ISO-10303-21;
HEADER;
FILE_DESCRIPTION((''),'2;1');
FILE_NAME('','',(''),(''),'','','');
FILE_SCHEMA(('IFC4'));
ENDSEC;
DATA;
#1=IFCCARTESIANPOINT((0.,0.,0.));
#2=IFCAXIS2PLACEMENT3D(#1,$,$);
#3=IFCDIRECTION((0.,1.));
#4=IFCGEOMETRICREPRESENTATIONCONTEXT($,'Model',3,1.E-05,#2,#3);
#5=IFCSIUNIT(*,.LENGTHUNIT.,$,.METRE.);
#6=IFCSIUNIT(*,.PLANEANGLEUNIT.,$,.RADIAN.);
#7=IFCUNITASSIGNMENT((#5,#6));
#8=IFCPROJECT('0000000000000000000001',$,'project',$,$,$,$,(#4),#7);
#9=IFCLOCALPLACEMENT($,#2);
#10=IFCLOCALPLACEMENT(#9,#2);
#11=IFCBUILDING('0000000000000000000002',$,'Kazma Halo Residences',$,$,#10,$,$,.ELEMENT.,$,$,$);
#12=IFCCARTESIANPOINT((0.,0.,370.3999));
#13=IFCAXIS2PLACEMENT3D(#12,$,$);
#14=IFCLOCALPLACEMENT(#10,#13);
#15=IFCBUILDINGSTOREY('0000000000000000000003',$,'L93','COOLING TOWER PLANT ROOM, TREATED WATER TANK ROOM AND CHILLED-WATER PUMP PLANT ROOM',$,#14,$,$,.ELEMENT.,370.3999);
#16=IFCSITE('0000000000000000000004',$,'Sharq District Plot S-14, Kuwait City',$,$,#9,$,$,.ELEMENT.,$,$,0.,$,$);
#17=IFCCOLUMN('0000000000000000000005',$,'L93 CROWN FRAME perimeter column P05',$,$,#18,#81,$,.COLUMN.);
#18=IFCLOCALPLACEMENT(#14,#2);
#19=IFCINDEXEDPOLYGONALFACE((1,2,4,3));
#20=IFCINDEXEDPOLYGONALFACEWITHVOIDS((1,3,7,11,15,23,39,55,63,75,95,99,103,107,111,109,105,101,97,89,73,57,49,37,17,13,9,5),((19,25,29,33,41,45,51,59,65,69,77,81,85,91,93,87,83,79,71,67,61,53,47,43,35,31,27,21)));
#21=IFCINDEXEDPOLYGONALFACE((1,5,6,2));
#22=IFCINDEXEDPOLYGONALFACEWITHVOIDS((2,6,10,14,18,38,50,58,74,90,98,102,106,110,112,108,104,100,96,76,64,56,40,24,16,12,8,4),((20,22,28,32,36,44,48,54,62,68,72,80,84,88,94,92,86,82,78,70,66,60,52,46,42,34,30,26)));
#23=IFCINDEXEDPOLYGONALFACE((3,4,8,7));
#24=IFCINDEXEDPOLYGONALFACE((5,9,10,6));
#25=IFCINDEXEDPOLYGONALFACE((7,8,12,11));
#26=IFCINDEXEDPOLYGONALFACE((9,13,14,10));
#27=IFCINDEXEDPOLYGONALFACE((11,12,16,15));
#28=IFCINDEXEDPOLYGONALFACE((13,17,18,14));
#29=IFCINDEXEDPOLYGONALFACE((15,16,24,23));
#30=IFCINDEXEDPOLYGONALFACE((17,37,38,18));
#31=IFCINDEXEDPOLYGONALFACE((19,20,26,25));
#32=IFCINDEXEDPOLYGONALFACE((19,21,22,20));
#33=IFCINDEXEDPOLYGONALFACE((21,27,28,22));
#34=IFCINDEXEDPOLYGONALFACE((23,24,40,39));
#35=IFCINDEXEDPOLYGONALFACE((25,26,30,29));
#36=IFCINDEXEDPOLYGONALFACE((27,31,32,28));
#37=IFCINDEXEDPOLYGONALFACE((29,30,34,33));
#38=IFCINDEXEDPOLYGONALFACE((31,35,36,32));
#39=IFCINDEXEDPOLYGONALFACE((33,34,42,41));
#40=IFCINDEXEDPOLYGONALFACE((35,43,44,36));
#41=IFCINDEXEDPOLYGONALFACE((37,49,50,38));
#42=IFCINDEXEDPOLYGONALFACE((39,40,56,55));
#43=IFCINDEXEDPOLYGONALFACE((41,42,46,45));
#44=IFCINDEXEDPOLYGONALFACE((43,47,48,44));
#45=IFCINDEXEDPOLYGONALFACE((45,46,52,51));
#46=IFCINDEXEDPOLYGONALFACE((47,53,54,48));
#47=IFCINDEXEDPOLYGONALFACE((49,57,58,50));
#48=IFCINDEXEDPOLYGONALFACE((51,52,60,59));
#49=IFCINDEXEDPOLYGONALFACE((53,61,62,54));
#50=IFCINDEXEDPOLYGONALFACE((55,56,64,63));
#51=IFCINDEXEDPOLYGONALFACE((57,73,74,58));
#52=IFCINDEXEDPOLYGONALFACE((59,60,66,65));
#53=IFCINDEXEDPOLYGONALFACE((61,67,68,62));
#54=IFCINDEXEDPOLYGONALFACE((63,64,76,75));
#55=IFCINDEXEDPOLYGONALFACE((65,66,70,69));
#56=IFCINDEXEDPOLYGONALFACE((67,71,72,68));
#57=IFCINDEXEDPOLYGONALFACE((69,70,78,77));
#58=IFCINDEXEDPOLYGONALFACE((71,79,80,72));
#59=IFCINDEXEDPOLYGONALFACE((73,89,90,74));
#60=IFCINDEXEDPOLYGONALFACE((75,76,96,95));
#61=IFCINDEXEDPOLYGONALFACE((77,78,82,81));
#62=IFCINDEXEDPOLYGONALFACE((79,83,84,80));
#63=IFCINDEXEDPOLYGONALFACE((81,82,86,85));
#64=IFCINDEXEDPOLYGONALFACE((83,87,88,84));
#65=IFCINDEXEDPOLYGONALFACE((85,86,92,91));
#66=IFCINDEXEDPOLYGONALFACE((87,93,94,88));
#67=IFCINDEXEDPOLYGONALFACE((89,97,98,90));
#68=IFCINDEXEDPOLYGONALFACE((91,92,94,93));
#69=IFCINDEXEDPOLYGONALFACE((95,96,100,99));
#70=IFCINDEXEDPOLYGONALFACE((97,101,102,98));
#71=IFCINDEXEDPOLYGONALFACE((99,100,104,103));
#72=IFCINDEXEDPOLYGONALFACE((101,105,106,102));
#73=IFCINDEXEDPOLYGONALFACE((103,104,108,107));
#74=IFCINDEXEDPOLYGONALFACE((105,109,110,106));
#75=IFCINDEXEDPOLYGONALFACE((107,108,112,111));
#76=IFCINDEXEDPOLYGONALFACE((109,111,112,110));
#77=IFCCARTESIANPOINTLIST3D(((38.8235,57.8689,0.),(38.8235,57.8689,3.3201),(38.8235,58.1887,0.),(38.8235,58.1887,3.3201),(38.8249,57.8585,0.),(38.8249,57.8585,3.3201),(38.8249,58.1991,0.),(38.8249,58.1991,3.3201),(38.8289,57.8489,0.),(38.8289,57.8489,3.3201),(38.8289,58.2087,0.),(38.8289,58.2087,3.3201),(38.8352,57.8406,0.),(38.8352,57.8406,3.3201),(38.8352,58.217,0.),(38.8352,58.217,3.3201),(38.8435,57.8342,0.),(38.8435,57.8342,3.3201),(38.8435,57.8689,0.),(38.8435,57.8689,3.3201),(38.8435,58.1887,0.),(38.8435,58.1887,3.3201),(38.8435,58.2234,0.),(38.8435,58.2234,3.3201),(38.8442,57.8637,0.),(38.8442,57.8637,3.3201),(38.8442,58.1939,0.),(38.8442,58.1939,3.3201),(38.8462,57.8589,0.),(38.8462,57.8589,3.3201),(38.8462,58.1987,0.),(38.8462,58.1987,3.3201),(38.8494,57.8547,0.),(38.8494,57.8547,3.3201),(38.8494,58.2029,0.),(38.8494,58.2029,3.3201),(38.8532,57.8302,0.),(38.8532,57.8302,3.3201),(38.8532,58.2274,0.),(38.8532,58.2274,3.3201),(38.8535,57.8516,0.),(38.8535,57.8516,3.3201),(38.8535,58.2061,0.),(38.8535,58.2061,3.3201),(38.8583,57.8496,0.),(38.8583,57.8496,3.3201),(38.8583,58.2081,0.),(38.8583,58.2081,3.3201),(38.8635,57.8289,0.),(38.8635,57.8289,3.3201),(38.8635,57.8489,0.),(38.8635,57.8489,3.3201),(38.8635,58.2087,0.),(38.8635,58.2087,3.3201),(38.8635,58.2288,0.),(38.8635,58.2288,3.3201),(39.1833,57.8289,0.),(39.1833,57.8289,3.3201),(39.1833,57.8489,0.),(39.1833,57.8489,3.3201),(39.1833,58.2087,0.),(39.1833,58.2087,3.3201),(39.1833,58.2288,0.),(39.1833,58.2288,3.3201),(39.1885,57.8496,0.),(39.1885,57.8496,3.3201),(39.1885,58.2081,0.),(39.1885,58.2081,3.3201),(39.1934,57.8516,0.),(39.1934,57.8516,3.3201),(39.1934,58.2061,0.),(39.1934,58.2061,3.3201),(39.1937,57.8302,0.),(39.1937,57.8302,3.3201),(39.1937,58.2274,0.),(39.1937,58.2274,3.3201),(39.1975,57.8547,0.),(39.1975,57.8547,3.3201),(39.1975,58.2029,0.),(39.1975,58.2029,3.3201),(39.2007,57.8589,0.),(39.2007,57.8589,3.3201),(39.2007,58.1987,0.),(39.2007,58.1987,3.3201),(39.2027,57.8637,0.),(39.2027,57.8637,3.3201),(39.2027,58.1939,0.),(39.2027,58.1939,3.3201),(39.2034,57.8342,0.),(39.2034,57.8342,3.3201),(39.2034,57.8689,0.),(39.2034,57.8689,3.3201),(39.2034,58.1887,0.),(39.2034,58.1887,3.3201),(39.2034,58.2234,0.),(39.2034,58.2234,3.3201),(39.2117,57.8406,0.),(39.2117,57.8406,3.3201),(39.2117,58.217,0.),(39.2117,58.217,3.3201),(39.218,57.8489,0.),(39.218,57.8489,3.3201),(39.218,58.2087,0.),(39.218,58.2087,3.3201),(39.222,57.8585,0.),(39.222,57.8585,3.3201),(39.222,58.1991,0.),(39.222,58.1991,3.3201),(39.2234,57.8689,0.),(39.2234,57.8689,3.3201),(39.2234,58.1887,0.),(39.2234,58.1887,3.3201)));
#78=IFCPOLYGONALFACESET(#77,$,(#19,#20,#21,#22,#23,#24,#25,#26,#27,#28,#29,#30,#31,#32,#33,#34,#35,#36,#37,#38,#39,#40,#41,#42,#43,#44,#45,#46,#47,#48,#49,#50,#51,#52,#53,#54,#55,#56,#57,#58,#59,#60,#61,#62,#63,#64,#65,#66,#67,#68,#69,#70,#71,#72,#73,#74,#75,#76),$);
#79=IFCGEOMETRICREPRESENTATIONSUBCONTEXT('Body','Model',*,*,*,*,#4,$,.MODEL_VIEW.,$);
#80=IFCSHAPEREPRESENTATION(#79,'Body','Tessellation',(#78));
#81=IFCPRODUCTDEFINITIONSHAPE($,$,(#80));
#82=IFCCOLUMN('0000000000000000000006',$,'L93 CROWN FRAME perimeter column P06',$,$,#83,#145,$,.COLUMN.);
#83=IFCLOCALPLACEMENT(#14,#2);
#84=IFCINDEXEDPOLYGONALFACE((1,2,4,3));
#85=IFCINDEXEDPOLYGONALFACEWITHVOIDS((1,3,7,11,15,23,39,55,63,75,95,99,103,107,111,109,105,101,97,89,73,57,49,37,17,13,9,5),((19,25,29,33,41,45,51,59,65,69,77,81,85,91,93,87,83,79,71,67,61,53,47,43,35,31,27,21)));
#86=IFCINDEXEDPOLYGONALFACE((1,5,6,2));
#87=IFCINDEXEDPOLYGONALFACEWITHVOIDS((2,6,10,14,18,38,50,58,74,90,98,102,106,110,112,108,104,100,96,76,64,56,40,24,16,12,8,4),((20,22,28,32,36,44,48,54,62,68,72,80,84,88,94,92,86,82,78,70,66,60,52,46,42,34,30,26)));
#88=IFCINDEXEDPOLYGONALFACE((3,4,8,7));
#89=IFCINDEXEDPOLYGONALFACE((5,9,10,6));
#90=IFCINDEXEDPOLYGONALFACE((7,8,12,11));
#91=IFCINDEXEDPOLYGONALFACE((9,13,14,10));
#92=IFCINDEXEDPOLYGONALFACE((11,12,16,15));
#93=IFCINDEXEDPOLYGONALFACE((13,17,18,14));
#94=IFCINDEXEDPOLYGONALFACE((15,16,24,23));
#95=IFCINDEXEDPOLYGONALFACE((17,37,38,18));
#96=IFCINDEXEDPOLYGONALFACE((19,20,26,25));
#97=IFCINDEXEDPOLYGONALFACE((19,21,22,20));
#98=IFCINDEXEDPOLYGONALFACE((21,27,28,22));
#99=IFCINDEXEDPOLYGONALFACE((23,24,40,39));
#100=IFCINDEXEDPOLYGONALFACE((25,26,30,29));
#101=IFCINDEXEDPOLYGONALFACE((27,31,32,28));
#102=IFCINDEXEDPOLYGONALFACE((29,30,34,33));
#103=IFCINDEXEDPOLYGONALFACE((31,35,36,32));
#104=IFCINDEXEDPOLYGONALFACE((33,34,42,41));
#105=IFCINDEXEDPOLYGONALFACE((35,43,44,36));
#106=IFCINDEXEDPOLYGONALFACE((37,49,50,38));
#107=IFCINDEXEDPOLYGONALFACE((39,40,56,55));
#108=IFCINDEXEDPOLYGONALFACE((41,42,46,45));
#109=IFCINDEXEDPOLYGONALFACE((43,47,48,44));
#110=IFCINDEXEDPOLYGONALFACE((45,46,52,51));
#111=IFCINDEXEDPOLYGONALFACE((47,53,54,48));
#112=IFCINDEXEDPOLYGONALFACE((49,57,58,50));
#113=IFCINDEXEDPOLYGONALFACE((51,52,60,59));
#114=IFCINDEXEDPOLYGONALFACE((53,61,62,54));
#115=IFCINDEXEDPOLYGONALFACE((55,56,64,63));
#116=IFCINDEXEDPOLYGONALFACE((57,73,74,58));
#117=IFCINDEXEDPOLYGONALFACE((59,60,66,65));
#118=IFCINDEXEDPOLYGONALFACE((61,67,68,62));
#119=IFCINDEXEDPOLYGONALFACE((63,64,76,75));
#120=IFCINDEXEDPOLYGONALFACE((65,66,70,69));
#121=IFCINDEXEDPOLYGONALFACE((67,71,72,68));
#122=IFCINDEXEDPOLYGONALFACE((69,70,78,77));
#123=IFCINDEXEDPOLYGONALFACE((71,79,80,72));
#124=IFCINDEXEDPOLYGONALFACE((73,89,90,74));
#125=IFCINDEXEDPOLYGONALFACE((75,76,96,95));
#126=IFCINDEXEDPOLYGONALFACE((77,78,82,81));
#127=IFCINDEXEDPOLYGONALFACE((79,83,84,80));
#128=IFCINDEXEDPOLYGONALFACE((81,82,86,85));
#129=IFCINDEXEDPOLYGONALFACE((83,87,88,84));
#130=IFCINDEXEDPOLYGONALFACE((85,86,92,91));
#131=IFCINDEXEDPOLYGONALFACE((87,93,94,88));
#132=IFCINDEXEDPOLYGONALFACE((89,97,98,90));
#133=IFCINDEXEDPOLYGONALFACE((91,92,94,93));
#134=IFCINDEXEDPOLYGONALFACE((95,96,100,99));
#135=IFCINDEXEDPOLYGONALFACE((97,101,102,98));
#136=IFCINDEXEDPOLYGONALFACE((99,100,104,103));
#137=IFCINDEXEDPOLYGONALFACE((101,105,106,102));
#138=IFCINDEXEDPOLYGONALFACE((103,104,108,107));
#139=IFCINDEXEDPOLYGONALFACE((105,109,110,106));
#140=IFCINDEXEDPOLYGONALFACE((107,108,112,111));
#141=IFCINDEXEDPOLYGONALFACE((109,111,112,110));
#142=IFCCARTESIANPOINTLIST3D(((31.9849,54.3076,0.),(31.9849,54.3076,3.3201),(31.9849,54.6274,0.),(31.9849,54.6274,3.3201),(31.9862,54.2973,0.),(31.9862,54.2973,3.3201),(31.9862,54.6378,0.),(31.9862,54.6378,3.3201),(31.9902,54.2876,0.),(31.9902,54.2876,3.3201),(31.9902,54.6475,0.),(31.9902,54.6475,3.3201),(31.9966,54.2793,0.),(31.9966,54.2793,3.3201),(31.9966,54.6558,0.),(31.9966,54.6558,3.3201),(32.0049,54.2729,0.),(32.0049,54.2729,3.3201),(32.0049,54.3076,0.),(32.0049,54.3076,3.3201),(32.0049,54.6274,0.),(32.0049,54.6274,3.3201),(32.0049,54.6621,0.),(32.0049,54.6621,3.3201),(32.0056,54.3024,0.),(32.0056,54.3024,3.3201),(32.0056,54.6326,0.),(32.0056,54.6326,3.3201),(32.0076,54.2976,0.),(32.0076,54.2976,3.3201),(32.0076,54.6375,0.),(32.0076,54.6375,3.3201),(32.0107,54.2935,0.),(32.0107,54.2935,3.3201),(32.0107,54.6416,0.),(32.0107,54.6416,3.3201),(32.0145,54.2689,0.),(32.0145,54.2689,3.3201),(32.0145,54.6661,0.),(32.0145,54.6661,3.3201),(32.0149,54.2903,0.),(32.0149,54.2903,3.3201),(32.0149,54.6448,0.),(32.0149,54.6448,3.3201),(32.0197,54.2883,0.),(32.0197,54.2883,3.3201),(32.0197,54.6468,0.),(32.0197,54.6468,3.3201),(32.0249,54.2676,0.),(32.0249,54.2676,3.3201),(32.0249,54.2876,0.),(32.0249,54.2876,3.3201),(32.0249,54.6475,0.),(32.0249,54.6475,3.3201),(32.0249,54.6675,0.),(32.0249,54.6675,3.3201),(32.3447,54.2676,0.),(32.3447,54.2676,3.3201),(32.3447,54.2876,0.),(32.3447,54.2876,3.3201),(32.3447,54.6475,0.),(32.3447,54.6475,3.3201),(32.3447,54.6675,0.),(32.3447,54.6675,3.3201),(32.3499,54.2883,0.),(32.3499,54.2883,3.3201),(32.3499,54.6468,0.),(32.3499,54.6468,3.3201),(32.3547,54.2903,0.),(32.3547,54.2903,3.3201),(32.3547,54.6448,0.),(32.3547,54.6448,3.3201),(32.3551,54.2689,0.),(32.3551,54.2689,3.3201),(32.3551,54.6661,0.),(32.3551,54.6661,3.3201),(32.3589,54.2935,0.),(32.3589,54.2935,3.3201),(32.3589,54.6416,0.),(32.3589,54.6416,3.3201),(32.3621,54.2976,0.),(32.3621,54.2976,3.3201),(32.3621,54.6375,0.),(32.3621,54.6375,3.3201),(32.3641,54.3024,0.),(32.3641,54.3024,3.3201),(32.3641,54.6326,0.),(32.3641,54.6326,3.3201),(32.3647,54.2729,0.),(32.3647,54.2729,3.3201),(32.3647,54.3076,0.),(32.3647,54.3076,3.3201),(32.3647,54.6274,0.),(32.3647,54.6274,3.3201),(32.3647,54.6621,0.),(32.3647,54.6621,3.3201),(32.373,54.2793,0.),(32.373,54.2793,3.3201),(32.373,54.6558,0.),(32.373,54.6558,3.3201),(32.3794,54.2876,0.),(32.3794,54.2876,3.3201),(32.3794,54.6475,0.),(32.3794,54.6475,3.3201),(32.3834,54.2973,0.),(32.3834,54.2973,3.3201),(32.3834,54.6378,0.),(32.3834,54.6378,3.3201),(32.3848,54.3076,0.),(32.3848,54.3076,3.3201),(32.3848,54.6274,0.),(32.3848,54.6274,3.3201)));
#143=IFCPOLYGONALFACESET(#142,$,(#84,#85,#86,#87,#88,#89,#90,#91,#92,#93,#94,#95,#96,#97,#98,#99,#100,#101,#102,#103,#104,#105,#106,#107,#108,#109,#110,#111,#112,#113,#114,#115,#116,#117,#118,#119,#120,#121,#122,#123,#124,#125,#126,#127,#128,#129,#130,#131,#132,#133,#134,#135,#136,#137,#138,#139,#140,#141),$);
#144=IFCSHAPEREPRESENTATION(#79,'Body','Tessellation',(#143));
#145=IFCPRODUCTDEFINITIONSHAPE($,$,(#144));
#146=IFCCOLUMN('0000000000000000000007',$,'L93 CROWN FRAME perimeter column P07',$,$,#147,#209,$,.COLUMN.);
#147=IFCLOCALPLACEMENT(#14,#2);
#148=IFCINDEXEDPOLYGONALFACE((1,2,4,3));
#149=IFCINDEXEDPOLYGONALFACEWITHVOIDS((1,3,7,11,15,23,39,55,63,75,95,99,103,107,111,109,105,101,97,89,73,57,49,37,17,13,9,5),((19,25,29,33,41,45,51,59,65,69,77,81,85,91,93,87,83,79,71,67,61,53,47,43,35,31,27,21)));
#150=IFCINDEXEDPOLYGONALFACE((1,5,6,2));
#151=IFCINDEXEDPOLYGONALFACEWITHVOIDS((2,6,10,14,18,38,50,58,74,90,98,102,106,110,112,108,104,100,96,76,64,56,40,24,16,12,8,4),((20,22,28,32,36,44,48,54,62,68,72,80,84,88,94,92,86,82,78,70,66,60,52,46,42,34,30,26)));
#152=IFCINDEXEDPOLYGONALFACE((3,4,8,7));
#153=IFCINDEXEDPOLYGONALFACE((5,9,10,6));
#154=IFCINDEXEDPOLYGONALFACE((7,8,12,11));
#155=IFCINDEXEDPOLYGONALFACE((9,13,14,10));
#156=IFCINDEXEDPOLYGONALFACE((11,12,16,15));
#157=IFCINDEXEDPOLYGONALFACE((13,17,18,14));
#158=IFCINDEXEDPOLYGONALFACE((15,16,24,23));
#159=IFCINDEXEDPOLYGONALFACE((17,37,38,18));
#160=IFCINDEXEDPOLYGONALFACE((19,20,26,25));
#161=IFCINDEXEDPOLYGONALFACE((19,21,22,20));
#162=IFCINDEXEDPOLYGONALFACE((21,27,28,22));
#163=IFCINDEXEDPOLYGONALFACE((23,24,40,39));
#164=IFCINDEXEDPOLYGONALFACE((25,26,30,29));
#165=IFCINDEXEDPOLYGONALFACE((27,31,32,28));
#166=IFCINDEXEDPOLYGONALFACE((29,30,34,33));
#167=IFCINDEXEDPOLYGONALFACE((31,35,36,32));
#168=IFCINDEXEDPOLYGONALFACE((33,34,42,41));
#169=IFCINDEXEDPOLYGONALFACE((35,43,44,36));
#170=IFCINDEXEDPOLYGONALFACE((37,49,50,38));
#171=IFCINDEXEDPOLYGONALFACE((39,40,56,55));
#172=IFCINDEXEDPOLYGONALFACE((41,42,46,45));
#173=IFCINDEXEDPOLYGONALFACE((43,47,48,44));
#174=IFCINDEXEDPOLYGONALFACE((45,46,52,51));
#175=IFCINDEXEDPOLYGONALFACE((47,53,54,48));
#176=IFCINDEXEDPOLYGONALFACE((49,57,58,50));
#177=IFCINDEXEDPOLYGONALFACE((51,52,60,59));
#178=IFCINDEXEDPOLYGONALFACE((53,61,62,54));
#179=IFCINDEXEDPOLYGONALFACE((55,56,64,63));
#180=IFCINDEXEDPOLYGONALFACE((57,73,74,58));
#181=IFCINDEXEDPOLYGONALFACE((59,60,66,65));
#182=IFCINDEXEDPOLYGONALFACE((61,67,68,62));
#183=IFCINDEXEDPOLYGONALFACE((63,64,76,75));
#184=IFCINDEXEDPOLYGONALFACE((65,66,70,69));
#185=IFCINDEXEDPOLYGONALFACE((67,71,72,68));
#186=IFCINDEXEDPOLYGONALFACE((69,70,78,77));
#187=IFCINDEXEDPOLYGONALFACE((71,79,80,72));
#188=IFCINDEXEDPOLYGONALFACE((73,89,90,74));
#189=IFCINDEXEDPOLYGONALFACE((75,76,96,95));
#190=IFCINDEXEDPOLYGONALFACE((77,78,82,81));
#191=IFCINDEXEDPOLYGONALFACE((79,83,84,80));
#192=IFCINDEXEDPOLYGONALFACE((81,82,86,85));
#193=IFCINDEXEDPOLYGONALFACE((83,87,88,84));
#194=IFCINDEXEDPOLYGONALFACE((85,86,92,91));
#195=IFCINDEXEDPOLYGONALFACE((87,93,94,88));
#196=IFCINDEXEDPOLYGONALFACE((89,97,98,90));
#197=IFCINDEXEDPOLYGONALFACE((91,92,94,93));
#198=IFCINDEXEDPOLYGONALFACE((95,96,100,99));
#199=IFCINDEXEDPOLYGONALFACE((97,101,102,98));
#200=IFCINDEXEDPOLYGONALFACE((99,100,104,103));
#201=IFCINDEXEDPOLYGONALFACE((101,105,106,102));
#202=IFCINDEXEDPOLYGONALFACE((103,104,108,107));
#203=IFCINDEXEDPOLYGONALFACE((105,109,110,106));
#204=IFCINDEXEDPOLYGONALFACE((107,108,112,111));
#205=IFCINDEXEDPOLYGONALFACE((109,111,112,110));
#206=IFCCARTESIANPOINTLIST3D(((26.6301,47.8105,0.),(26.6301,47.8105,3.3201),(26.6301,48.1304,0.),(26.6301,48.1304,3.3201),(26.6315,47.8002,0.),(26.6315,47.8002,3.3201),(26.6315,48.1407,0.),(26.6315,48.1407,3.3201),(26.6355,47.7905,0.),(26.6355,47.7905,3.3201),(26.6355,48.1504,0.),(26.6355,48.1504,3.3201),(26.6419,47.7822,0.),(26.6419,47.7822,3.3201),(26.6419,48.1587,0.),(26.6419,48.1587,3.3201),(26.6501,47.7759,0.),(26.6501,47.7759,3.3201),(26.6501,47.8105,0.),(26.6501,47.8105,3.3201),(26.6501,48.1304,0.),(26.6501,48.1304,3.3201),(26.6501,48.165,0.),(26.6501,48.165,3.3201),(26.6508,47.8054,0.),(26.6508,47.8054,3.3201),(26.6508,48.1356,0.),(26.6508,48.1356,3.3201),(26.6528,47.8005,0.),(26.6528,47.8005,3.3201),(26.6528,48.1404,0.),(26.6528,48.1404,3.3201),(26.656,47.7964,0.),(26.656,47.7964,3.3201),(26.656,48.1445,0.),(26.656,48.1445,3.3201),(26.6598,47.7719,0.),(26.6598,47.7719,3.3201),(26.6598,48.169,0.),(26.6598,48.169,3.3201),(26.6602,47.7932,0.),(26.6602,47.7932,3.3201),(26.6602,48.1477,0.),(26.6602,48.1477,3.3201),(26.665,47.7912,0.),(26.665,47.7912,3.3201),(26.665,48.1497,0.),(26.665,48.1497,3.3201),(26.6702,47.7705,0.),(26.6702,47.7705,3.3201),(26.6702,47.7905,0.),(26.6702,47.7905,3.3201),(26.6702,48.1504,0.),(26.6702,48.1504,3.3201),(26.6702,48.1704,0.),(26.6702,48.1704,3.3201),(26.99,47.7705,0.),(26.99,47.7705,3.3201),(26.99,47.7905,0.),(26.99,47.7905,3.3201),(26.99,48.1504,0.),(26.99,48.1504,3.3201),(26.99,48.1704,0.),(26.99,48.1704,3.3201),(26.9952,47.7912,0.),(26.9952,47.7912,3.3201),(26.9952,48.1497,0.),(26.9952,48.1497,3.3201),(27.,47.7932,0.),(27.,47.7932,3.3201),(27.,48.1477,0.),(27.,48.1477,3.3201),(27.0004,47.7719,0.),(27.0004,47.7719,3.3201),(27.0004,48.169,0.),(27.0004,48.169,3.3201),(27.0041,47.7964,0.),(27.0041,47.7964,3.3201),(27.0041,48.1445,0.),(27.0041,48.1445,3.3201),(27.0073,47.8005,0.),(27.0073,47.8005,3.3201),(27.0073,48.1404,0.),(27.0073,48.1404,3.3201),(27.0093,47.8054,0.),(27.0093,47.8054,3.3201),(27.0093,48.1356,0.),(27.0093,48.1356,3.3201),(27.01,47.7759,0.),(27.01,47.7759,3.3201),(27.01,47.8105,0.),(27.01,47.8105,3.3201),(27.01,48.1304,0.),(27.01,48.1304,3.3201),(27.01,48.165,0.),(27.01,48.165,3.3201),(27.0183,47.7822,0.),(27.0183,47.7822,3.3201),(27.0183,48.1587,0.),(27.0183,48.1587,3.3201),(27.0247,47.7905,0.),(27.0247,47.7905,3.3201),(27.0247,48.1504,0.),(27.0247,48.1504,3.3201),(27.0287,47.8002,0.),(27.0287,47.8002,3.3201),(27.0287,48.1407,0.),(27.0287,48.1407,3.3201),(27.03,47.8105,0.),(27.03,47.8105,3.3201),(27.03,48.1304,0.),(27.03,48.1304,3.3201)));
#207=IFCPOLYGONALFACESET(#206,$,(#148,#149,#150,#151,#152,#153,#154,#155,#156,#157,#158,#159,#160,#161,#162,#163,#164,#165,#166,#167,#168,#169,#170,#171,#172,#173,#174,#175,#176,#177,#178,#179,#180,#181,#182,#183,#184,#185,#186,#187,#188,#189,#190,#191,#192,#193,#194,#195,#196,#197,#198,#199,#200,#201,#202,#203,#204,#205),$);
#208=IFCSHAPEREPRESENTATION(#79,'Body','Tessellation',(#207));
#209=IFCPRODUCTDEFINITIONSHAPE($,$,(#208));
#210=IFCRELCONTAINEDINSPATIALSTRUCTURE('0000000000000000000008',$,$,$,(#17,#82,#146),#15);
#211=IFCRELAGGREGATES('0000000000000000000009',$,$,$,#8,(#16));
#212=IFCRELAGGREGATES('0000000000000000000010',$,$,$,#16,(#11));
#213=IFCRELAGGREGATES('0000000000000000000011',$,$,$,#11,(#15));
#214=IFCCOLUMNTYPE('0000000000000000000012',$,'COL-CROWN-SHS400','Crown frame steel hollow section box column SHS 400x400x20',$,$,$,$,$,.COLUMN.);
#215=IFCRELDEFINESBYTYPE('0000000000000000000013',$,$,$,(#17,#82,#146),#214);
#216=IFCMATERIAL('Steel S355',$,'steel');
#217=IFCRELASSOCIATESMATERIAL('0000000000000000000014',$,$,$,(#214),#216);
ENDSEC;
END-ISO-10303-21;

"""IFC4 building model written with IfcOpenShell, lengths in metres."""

from ifc_helpers import new_model, si_unit, direction, frame, origin, origin_2d, place, context, subcontext, project, spatial, hollow_rectangle, extrude, material, material_profile, profile_set, type_object, element, save


model = new_model("IFC4")

# Units and contexts
model_context = context("Model", 3, precision=1e-05, world=origin(), true_north=direction((0.0, 1.0)))
body_context = subcontext(model_context, "Body", "Model", "MODEL_VIEW")
ifc_project = project(units=[si_unit("LENGTHUNIT", "METRE"), si_unit("PLANEANGLEUNIT", "RADIAN")], contexts=[model_context])

# Site, building, storey
site_placement = place(None, origin())
site = spatial("IfcSite", under=ifc_project, at=site_placement, Name="Sharq District Plot S-14, Kuwait City", CompositionType="ELEMENT", RefElevation=0.0)
building_placement = place(site_placement, origin())
building = spatial("IfcBuilding", under=site, at=building_placement, Name="Kazma Halo Residences", CompositionType="ELEMENT")
storey_placement = place(building_placement, frame((0.0, 0.0, 370.3999)))
storey = spatial("IfcBuildingStorey", under=building, at=storey_placement, Name="L93", Description="COOLING TOWER PLANT ROOM, TREATED WATER TANK ROOM AND CHILLED-WATER PUMP PLANT ROOM", CompositionType="ELEMENT", Elevation=370.3999)

# Columns
ifc_material_1 = material(Name="Steel S355", Category="steel")
ifc_material_profile_1 = material_profile(ifc_material_1, hollow_rectangle(XDim=0.3999, YDim=0.3999, WallThickness=0.02, InnerFilletRadius=0.02, OuterFilletRadius=0.04, at=origin_2d()), Name="SHS400x400x20")
ifc_profile_set_1 = profile_set([ifc_material_profile_1], Name="Steel S355")
column_type = type_object("IfcColumnType", Name="COL-CROWN-SHS400", Description="Crown frame steel hollow section box column SHS 400x400x20", PredefinedType="COLUMN", material=ifc_profile_set_1)
for number, where, z_axis, x_axis, name in (
    (1, (39.0234, 58.0288, 0.0), (0.0, 0.0, 1.0), (1.0, 0.0, 0.0), "L93 CROWN FRAME perimeter column P05"),
    (2, (32.1848, 54.4675, 0.0), (0.0, 0.0, 1.0), (1.0, 0.0, 0.0), "L93 CROWN FRAME perimeter column P06"),
    (3, (26.8301, 47.9705, 0.0), (0.0, 0.0, 1.0), (1.0, 0.0, 0.0), "L93 CROWN FRAME perimeter column P07"),
):
    element("IfcColumn", number, at=place(storey_placement, frame(where, z_axis=z_axis, x_axis=x_axis)), inside=storey, type_object=column_type, Name=name, PredefinedType="COLUMN", context=body_context, shape_type="SweptSolid", body=[
        extrude(hollow_rectangle(XDim=0.3999, YDim=0.3999, WallThickness=0.02, InnerFilletRadius=0.02, OuterFilletRadius=0.04, at=origin_2d()), origin(), (0.0, 0.0, 1.0), 3.3201),
    ])

save(model, "model.ifc")
